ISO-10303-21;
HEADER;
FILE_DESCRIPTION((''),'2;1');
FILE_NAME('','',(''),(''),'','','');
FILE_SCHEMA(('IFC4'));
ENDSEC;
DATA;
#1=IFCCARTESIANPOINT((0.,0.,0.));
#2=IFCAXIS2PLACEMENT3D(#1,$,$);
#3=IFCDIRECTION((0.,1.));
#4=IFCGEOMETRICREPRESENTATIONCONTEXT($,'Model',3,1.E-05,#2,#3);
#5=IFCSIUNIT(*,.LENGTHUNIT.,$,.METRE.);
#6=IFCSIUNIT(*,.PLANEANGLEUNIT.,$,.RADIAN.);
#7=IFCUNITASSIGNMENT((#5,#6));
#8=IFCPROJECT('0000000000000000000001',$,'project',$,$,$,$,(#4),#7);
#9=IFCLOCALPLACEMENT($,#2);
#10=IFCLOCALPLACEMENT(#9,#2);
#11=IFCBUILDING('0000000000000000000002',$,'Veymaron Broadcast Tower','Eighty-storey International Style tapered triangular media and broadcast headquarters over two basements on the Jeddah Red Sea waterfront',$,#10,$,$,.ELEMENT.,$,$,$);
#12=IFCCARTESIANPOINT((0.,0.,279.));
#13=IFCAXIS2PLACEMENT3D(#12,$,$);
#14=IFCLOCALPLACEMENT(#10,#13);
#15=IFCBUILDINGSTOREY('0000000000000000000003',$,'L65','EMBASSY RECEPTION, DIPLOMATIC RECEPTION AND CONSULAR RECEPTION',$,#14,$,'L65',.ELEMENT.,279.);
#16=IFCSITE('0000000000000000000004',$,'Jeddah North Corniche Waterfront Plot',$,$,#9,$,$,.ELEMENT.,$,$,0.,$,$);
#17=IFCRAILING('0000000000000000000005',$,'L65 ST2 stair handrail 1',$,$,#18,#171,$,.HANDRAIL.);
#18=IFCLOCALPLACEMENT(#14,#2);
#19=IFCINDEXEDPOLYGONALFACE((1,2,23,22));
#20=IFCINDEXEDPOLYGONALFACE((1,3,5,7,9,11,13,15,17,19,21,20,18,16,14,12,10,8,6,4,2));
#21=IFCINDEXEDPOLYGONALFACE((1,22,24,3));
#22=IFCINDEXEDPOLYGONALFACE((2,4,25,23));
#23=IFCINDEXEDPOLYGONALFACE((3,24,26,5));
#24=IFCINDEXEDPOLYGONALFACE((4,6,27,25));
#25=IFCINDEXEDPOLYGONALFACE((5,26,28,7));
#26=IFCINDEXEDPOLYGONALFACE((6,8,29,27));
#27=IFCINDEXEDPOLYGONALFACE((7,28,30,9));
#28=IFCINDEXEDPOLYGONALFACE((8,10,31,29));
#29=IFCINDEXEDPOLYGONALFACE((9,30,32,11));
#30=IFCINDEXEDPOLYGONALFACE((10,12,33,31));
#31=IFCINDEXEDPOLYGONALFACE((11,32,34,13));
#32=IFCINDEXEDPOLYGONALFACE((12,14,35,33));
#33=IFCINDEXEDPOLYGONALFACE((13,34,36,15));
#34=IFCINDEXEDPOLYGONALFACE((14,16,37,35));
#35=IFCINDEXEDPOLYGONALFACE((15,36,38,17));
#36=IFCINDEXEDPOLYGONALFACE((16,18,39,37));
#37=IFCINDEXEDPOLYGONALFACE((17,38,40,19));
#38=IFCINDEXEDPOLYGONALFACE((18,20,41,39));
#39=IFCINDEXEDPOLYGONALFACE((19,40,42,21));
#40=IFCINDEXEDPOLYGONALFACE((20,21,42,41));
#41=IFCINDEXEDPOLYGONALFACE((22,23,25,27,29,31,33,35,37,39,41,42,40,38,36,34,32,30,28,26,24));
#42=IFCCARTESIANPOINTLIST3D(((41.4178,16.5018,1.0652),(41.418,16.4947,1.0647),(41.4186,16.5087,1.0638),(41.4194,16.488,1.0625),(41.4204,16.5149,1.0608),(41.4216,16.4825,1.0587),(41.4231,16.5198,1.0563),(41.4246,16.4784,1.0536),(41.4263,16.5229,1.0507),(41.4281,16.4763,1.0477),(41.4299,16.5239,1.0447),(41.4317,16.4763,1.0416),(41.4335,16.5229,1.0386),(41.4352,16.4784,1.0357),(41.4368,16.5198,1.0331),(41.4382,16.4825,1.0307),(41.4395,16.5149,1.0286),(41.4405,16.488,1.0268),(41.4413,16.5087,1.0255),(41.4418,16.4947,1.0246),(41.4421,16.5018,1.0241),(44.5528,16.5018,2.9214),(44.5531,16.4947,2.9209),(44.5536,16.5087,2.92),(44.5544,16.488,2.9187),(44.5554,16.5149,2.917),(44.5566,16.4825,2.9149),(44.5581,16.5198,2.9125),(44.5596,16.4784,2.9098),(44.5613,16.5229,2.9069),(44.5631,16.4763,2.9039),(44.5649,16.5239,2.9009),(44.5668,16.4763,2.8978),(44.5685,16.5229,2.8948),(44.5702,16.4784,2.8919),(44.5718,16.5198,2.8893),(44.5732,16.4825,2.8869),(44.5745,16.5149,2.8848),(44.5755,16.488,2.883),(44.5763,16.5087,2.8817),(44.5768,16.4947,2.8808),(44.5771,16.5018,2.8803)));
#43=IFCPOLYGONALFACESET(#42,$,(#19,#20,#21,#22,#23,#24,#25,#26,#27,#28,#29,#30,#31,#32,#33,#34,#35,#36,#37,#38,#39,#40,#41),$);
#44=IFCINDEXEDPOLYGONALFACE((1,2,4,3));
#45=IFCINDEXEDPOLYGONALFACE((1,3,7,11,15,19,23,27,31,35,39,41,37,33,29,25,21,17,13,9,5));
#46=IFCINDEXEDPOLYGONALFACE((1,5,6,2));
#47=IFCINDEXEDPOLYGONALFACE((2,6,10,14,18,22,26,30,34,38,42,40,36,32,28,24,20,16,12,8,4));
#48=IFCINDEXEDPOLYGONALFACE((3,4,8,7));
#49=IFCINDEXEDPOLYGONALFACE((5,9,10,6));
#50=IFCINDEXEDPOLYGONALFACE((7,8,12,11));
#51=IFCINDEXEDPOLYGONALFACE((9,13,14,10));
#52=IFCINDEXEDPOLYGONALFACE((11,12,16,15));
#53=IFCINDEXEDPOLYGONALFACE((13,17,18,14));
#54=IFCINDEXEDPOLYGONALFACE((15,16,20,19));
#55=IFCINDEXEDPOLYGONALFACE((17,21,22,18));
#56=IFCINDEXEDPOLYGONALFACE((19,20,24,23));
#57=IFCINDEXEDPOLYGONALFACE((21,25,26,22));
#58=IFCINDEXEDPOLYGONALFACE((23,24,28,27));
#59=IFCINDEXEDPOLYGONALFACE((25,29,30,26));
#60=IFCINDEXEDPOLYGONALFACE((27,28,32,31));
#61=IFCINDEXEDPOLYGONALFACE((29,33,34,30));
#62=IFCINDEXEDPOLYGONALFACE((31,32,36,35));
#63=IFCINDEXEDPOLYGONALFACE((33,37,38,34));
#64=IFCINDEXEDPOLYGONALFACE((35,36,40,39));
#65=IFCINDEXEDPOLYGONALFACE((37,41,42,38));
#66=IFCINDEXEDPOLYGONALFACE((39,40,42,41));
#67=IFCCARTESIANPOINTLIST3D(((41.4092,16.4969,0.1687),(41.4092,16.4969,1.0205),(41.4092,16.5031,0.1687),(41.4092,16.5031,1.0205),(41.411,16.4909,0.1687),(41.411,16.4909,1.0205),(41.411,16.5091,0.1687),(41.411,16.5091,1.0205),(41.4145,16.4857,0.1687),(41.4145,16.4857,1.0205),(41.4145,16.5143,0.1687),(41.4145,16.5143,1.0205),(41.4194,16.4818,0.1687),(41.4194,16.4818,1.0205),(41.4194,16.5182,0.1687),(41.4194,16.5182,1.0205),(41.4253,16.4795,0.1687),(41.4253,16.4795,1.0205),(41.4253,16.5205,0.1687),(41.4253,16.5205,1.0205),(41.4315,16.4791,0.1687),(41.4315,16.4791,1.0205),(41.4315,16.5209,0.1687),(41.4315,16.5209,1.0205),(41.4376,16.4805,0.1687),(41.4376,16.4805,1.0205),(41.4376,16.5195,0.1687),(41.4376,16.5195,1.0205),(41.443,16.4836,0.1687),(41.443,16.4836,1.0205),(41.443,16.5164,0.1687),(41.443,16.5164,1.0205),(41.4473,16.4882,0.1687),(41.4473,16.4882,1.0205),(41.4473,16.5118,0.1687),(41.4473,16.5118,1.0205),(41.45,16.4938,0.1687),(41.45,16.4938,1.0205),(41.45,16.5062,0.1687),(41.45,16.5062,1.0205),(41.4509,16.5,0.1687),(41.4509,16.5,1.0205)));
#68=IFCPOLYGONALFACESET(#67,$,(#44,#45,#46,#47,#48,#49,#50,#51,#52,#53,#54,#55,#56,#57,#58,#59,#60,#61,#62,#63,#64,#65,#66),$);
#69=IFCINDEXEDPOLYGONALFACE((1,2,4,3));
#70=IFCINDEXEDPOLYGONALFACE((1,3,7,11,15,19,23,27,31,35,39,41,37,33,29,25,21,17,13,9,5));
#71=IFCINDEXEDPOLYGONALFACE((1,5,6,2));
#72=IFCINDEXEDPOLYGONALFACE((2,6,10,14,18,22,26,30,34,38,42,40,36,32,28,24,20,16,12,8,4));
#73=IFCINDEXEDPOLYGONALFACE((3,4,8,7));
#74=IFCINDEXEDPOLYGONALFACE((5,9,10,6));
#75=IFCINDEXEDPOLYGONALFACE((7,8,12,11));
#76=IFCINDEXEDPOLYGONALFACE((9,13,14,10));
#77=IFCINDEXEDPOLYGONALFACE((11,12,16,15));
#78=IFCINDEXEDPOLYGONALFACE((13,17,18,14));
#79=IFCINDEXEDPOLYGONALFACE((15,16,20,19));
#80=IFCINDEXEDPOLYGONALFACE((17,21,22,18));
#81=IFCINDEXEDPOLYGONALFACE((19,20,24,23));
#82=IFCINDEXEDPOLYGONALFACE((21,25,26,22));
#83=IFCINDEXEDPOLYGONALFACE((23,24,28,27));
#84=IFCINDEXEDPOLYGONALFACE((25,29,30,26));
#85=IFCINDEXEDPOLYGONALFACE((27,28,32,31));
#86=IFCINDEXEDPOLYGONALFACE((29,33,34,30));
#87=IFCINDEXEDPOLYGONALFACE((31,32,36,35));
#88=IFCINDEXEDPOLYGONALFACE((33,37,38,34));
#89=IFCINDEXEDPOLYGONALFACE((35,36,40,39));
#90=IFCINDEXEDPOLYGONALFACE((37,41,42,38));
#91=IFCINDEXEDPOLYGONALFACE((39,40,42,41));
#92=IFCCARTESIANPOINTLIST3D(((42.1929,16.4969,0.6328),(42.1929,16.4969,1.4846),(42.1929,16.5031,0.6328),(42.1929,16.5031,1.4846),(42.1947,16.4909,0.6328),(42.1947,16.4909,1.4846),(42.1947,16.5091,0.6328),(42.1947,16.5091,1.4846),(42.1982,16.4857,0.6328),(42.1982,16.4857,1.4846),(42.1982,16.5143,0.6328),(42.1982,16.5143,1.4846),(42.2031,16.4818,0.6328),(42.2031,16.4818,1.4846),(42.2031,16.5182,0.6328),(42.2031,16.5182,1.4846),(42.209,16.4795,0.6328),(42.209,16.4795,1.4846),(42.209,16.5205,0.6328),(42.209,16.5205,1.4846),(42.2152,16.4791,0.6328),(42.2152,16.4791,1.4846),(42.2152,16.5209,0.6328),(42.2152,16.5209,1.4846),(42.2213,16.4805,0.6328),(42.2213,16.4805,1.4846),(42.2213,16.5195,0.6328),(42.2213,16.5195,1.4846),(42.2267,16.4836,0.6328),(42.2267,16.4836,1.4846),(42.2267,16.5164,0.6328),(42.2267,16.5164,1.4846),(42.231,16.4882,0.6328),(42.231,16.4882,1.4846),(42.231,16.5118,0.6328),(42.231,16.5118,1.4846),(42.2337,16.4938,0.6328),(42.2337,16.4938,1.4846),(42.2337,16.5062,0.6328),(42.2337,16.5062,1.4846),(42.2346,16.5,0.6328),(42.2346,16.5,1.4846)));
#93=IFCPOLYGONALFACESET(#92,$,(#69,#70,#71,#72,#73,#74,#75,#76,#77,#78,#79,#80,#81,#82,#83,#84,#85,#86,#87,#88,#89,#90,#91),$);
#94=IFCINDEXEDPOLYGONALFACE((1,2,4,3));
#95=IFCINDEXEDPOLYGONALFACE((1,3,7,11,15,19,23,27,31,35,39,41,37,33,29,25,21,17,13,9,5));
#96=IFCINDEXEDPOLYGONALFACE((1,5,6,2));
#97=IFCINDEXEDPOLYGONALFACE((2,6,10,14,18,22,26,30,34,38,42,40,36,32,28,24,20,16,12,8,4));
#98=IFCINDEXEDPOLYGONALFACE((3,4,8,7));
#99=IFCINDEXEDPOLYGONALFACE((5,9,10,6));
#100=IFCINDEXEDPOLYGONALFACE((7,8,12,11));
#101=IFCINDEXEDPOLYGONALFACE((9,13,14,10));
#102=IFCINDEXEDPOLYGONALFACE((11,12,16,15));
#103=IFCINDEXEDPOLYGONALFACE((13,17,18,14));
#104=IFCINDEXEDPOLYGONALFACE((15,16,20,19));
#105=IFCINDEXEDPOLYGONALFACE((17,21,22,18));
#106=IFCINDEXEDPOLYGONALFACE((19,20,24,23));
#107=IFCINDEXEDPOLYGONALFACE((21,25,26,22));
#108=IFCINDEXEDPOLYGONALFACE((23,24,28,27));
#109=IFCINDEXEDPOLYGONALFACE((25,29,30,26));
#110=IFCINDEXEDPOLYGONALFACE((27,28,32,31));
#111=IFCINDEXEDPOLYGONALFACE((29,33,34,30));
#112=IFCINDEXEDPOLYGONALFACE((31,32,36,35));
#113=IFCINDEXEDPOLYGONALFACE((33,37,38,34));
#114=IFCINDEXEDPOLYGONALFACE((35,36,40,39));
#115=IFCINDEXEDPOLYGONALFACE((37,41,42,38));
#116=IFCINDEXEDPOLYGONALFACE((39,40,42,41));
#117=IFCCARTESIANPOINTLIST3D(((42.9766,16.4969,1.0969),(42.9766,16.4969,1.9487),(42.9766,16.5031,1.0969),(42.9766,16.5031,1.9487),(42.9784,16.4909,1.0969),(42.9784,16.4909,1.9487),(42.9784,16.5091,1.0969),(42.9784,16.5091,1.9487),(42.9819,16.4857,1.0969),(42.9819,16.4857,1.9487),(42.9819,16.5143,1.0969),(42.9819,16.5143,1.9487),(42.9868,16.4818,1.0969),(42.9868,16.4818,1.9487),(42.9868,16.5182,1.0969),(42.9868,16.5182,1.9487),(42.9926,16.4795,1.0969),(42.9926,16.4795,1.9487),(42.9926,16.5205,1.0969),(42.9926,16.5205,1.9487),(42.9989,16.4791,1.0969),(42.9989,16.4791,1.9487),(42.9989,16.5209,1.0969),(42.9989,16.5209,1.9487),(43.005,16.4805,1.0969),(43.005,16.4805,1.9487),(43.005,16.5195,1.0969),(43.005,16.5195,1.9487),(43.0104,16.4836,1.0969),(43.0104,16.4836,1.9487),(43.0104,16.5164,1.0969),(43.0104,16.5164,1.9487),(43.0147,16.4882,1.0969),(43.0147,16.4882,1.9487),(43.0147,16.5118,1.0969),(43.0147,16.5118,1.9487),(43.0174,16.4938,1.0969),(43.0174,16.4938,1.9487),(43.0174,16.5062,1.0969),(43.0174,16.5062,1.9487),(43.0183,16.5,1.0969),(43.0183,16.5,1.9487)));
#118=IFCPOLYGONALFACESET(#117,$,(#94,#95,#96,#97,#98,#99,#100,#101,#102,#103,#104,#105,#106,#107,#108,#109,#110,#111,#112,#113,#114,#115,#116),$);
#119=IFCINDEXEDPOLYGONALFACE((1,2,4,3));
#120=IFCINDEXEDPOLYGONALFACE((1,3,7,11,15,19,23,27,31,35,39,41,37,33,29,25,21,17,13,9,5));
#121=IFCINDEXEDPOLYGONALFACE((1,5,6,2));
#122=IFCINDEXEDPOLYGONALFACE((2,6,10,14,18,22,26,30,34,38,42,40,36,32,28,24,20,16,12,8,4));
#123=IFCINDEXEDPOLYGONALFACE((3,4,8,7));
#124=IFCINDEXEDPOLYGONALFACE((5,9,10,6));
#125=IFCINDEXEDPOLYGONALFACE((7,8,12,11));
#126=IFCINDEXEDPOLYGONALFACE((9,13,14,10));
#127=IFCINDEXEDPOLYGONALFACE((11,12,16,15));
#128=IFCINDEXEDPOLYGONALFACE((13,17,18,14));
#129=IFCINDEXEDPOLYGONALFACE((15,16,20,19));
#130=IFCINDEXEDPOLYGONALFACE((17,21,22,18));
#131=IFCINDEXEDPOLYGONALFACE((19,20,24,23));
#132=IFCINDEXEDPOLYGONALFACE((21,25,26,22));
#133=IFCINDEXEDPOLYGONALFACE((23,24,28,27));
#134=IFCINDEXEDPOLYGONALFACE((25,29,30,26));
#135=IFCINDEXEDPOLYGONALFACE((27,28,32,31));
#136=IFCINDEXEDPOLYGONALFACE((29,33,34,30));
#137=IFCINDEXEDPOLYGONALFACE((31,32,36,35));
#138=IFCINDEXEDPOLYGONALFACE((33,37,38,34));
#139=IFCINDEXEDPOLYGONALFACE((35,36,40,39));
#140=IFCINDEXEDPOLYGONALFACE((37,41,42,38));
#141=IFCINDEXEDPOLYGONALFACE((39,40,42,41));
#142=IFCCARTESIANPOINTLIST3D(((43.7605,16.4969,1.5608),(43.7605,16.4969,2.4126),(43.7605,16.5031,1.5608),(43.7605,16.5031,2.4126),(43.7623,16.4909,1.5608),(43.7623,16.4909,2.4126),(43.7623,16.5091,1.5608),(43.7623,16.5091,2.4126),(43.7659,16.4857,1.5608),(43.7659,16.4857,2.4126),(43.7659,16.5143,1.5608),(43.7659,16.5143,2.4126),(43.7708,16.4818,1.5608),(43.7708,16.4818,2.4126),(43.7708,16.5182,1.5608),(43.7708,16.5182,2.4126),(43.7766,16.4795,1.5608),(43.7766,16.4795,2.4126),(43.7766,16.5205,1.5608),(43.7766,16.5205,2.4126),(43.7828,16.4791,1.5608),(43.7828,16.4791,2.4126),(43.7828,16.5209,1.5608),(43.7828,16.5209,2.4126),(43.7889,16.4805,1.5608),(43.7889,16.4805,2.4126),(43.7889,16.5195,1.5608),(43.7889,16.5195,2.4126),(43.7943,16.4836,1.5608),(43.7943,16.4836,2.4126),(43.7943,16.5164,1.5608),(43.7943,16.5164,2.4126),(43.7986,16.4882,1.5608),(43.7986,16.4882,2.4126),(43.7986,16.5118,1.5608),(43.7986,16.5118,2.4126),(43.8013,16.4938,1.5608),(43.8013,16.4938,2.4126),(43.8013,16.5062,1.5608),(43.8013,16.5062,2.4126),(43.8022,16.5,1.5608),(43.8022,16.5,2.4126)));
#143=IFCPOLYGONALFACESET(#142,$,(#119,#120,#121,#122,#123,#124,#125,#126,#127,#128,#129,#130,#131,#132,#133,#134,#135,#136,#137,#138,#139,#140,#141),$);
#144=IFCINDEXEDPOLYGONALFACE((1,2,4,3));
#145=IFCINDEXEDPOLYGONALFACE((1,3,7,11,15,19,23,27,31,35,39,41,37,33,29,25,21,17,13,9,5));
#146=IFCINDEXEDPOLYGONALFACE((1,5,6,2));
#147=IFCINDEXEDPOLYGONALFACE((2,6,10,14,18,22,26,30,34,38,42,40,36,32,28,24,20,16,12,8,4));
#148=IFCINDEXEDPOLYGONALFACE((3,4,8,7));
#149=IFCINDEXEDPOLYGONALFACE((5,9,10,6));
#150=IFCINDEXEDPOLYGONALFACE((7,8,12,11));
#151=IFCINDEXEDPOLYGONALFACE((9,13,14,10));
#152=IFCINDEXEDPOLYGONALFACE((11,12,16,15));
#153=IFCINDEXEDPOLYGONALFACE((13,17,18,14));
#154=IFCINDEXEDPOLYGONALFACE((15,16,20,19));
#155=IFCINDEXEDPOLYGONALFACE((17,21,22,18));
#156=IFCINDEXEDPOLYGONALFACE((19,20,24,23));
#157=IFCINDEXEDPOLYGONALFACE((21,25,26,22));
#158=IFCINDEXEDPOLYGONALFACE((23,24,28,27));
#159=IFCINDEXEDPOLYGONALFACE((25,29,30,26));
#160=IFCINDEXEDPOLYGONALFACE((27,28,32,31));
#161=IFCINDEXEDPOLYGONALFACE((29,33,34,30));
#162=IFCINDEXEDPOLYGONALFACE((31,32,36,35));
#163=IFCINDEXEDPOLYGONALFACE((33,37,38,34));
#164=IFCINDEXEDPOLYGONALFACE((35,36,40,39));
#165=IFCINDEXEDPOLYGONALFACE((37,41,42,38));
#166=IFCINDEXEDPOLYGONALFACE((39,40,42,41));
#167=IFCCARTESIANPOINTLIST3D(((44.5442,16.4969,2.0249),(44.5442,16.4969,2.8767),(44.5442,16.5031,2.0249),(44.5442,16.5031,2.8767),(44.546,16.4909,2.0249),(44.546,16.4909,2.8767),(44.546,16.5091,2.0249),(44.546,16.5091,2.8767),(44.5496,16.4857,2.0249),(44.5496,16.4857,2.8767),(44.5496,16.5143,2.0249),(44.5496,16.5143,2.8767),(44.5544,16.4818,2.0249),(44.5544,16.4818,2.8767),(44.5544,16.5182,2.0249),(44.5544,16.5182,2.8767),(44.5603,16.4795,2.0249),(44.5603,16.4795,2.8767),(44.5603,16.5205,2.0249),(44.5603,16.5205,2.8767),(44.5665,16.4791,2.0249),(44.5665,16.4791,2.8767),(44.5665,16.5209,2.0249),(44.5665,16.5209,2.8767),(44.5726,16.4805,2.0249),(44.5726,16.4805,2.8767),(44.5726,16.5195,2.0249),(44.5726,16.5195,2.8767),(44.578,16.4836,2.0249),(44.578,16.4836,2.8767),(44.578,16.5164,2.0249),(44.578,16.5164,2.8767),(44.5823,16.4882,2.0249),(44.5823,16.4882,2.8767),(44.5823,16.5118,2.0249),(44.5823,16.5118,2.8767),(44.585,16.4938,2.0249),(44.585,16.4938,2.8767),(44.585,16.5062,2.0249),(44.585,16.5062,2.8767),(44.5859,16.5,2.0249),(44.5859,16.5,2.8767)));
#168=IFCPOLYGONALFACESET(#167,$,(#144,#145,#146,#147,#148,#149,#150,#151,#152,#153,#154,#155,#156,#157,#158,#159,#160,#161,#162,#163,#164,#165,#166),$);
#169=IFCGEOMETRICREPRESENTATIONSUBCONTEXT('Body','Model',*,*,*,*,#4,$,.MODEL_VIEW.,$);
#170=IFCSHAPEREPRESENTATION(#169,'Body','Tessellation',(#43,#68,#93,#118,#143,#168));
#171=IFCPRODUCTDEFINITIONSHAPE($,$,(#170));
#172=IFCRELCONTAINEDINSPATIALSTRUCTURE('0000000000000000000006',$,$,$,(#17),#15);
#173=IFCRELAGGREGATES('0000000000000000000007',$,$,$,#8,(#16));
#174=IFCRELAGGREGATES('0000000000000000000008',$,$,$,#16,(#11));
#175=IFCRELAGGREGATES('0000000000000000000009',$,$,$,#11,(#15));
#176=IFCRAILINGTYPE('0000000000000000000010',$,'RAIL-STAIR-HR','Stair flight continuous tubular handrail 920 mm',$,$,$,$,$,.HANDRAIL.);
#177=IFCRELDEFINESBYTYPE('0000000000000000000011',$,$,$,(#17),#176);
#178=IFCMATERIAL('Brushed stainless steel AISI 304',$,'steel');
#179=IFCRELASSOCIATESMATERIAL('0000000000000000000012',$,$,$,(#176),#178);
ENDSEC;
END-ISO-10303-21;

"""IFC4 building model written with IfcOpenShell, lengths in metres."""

from ifc_helpers import new_model, si_unit, direction, frame, origin, origin_2d, place, context, subcontext, project, spatial, circle, extrude, material, type_object, element, save


model = new_model("IFC4")

# Units and contexts
model_context = context("Model", 3, precision=1e-05, world=origin(), true_north=direction((0.0, 1.0)))
body_context = subcontext(model_context, "Body", "Model", "MODEL_VIEW")
ifc_project = project(units=[si_unit("LENGTHUNIT", "METRE"), si_unit("PLANEANGLEUNIT", "RADIAN")], contexts=[model_context])

# Site, building, storey
site_placement = place(None, origin())
site = spatial("IfcSite", under=ifc_project, at=site_placement, Name="Jeddah North Corniche Waterfront Plot", CompositionType="ELEMENT", RefElevation=0.0)
building_placement = place(site_placement, origin())
building = spatial("IfcBuilding", under=site, at=building_placement, Name="Veymaron Broadcast Tower", Description="Eighty-storey International Style tapered triangular media and broadcast headquarters over two basements on the Jeddah Red Sea waterfront", CompositionType="ELEMENT")
storey_placement = place(building_placement, frame((0.0, 0.0, 279.0)))
storey = spatial("IfcBuildingStorey", under=building, at=storey_placement, Name="L65", Description="EMBASSY RECEPTION, DIPLOMATIC RECEPTION AND CONSULAR RECEPTION", LongName="L65", CompositionType="ELEMENT", Elevation=279.0)

# Railing
ifc_material_1 = material(Name="Brushed stainless steel AISI 304", Category="steel")
railing_type_1 = type_object("IfcRailingType", Name="RAIL-STAIR-HR", Description="Stair flight continuous tubular handrail 920 mm", PredefinedType="HANDRAIL", material=ifc_material_1)
railing_1_placement = place(storey_placement, frame((41.4299, 16.5, 0.1687)))
element("IfcRailing", 1, at=railing_1_placement, inside=storey, type_object=railing_type_1, Name="L65 ST2 stair handrail 1", PredefinedType="HANDRAIL", context=body_context, shape_type="SweptSolid", body=[
    extrude(circle(Radius=0.0239, at=origin_2d()), frame((0.0, 0.0, 0.876), z_axis=(0.860482, 0.0, 0.509481), x_axis=(0.0, 1.0, 0.0)), (0.0, 0.0, 1.0), 3.6433),
    extrude(circle(Radius=0.021, at=origin_2d()), origin(), (0.0, 0.0, 1.0), 0.8518),
    extrude(circle(Radius=0.021, at=origin_2d()), frame((0.7837, 0.0, 0.4641)), (0.0, 0.0, 1.0), 0.8518),
    extrude(circle(Radius=0.021, at=origin_2d()), frame((1.5674, 0.0, 0.9282)), (0.0, 0.0, 1.0), 0.8518),
    extrude(circle(Radius=0.021, at=origin_2d()), frame((2.3513, 0.0, 1.3921)), (0.0, 0.0, 1.0), 0.8518),
    extrude(circle(Radius=0.021, at=origin_2d()), frame((3.135, 0.0, 1.8562)), (0.0, 0.0, 1.0), 0.8518),
])

save(model, "model.ifc")
